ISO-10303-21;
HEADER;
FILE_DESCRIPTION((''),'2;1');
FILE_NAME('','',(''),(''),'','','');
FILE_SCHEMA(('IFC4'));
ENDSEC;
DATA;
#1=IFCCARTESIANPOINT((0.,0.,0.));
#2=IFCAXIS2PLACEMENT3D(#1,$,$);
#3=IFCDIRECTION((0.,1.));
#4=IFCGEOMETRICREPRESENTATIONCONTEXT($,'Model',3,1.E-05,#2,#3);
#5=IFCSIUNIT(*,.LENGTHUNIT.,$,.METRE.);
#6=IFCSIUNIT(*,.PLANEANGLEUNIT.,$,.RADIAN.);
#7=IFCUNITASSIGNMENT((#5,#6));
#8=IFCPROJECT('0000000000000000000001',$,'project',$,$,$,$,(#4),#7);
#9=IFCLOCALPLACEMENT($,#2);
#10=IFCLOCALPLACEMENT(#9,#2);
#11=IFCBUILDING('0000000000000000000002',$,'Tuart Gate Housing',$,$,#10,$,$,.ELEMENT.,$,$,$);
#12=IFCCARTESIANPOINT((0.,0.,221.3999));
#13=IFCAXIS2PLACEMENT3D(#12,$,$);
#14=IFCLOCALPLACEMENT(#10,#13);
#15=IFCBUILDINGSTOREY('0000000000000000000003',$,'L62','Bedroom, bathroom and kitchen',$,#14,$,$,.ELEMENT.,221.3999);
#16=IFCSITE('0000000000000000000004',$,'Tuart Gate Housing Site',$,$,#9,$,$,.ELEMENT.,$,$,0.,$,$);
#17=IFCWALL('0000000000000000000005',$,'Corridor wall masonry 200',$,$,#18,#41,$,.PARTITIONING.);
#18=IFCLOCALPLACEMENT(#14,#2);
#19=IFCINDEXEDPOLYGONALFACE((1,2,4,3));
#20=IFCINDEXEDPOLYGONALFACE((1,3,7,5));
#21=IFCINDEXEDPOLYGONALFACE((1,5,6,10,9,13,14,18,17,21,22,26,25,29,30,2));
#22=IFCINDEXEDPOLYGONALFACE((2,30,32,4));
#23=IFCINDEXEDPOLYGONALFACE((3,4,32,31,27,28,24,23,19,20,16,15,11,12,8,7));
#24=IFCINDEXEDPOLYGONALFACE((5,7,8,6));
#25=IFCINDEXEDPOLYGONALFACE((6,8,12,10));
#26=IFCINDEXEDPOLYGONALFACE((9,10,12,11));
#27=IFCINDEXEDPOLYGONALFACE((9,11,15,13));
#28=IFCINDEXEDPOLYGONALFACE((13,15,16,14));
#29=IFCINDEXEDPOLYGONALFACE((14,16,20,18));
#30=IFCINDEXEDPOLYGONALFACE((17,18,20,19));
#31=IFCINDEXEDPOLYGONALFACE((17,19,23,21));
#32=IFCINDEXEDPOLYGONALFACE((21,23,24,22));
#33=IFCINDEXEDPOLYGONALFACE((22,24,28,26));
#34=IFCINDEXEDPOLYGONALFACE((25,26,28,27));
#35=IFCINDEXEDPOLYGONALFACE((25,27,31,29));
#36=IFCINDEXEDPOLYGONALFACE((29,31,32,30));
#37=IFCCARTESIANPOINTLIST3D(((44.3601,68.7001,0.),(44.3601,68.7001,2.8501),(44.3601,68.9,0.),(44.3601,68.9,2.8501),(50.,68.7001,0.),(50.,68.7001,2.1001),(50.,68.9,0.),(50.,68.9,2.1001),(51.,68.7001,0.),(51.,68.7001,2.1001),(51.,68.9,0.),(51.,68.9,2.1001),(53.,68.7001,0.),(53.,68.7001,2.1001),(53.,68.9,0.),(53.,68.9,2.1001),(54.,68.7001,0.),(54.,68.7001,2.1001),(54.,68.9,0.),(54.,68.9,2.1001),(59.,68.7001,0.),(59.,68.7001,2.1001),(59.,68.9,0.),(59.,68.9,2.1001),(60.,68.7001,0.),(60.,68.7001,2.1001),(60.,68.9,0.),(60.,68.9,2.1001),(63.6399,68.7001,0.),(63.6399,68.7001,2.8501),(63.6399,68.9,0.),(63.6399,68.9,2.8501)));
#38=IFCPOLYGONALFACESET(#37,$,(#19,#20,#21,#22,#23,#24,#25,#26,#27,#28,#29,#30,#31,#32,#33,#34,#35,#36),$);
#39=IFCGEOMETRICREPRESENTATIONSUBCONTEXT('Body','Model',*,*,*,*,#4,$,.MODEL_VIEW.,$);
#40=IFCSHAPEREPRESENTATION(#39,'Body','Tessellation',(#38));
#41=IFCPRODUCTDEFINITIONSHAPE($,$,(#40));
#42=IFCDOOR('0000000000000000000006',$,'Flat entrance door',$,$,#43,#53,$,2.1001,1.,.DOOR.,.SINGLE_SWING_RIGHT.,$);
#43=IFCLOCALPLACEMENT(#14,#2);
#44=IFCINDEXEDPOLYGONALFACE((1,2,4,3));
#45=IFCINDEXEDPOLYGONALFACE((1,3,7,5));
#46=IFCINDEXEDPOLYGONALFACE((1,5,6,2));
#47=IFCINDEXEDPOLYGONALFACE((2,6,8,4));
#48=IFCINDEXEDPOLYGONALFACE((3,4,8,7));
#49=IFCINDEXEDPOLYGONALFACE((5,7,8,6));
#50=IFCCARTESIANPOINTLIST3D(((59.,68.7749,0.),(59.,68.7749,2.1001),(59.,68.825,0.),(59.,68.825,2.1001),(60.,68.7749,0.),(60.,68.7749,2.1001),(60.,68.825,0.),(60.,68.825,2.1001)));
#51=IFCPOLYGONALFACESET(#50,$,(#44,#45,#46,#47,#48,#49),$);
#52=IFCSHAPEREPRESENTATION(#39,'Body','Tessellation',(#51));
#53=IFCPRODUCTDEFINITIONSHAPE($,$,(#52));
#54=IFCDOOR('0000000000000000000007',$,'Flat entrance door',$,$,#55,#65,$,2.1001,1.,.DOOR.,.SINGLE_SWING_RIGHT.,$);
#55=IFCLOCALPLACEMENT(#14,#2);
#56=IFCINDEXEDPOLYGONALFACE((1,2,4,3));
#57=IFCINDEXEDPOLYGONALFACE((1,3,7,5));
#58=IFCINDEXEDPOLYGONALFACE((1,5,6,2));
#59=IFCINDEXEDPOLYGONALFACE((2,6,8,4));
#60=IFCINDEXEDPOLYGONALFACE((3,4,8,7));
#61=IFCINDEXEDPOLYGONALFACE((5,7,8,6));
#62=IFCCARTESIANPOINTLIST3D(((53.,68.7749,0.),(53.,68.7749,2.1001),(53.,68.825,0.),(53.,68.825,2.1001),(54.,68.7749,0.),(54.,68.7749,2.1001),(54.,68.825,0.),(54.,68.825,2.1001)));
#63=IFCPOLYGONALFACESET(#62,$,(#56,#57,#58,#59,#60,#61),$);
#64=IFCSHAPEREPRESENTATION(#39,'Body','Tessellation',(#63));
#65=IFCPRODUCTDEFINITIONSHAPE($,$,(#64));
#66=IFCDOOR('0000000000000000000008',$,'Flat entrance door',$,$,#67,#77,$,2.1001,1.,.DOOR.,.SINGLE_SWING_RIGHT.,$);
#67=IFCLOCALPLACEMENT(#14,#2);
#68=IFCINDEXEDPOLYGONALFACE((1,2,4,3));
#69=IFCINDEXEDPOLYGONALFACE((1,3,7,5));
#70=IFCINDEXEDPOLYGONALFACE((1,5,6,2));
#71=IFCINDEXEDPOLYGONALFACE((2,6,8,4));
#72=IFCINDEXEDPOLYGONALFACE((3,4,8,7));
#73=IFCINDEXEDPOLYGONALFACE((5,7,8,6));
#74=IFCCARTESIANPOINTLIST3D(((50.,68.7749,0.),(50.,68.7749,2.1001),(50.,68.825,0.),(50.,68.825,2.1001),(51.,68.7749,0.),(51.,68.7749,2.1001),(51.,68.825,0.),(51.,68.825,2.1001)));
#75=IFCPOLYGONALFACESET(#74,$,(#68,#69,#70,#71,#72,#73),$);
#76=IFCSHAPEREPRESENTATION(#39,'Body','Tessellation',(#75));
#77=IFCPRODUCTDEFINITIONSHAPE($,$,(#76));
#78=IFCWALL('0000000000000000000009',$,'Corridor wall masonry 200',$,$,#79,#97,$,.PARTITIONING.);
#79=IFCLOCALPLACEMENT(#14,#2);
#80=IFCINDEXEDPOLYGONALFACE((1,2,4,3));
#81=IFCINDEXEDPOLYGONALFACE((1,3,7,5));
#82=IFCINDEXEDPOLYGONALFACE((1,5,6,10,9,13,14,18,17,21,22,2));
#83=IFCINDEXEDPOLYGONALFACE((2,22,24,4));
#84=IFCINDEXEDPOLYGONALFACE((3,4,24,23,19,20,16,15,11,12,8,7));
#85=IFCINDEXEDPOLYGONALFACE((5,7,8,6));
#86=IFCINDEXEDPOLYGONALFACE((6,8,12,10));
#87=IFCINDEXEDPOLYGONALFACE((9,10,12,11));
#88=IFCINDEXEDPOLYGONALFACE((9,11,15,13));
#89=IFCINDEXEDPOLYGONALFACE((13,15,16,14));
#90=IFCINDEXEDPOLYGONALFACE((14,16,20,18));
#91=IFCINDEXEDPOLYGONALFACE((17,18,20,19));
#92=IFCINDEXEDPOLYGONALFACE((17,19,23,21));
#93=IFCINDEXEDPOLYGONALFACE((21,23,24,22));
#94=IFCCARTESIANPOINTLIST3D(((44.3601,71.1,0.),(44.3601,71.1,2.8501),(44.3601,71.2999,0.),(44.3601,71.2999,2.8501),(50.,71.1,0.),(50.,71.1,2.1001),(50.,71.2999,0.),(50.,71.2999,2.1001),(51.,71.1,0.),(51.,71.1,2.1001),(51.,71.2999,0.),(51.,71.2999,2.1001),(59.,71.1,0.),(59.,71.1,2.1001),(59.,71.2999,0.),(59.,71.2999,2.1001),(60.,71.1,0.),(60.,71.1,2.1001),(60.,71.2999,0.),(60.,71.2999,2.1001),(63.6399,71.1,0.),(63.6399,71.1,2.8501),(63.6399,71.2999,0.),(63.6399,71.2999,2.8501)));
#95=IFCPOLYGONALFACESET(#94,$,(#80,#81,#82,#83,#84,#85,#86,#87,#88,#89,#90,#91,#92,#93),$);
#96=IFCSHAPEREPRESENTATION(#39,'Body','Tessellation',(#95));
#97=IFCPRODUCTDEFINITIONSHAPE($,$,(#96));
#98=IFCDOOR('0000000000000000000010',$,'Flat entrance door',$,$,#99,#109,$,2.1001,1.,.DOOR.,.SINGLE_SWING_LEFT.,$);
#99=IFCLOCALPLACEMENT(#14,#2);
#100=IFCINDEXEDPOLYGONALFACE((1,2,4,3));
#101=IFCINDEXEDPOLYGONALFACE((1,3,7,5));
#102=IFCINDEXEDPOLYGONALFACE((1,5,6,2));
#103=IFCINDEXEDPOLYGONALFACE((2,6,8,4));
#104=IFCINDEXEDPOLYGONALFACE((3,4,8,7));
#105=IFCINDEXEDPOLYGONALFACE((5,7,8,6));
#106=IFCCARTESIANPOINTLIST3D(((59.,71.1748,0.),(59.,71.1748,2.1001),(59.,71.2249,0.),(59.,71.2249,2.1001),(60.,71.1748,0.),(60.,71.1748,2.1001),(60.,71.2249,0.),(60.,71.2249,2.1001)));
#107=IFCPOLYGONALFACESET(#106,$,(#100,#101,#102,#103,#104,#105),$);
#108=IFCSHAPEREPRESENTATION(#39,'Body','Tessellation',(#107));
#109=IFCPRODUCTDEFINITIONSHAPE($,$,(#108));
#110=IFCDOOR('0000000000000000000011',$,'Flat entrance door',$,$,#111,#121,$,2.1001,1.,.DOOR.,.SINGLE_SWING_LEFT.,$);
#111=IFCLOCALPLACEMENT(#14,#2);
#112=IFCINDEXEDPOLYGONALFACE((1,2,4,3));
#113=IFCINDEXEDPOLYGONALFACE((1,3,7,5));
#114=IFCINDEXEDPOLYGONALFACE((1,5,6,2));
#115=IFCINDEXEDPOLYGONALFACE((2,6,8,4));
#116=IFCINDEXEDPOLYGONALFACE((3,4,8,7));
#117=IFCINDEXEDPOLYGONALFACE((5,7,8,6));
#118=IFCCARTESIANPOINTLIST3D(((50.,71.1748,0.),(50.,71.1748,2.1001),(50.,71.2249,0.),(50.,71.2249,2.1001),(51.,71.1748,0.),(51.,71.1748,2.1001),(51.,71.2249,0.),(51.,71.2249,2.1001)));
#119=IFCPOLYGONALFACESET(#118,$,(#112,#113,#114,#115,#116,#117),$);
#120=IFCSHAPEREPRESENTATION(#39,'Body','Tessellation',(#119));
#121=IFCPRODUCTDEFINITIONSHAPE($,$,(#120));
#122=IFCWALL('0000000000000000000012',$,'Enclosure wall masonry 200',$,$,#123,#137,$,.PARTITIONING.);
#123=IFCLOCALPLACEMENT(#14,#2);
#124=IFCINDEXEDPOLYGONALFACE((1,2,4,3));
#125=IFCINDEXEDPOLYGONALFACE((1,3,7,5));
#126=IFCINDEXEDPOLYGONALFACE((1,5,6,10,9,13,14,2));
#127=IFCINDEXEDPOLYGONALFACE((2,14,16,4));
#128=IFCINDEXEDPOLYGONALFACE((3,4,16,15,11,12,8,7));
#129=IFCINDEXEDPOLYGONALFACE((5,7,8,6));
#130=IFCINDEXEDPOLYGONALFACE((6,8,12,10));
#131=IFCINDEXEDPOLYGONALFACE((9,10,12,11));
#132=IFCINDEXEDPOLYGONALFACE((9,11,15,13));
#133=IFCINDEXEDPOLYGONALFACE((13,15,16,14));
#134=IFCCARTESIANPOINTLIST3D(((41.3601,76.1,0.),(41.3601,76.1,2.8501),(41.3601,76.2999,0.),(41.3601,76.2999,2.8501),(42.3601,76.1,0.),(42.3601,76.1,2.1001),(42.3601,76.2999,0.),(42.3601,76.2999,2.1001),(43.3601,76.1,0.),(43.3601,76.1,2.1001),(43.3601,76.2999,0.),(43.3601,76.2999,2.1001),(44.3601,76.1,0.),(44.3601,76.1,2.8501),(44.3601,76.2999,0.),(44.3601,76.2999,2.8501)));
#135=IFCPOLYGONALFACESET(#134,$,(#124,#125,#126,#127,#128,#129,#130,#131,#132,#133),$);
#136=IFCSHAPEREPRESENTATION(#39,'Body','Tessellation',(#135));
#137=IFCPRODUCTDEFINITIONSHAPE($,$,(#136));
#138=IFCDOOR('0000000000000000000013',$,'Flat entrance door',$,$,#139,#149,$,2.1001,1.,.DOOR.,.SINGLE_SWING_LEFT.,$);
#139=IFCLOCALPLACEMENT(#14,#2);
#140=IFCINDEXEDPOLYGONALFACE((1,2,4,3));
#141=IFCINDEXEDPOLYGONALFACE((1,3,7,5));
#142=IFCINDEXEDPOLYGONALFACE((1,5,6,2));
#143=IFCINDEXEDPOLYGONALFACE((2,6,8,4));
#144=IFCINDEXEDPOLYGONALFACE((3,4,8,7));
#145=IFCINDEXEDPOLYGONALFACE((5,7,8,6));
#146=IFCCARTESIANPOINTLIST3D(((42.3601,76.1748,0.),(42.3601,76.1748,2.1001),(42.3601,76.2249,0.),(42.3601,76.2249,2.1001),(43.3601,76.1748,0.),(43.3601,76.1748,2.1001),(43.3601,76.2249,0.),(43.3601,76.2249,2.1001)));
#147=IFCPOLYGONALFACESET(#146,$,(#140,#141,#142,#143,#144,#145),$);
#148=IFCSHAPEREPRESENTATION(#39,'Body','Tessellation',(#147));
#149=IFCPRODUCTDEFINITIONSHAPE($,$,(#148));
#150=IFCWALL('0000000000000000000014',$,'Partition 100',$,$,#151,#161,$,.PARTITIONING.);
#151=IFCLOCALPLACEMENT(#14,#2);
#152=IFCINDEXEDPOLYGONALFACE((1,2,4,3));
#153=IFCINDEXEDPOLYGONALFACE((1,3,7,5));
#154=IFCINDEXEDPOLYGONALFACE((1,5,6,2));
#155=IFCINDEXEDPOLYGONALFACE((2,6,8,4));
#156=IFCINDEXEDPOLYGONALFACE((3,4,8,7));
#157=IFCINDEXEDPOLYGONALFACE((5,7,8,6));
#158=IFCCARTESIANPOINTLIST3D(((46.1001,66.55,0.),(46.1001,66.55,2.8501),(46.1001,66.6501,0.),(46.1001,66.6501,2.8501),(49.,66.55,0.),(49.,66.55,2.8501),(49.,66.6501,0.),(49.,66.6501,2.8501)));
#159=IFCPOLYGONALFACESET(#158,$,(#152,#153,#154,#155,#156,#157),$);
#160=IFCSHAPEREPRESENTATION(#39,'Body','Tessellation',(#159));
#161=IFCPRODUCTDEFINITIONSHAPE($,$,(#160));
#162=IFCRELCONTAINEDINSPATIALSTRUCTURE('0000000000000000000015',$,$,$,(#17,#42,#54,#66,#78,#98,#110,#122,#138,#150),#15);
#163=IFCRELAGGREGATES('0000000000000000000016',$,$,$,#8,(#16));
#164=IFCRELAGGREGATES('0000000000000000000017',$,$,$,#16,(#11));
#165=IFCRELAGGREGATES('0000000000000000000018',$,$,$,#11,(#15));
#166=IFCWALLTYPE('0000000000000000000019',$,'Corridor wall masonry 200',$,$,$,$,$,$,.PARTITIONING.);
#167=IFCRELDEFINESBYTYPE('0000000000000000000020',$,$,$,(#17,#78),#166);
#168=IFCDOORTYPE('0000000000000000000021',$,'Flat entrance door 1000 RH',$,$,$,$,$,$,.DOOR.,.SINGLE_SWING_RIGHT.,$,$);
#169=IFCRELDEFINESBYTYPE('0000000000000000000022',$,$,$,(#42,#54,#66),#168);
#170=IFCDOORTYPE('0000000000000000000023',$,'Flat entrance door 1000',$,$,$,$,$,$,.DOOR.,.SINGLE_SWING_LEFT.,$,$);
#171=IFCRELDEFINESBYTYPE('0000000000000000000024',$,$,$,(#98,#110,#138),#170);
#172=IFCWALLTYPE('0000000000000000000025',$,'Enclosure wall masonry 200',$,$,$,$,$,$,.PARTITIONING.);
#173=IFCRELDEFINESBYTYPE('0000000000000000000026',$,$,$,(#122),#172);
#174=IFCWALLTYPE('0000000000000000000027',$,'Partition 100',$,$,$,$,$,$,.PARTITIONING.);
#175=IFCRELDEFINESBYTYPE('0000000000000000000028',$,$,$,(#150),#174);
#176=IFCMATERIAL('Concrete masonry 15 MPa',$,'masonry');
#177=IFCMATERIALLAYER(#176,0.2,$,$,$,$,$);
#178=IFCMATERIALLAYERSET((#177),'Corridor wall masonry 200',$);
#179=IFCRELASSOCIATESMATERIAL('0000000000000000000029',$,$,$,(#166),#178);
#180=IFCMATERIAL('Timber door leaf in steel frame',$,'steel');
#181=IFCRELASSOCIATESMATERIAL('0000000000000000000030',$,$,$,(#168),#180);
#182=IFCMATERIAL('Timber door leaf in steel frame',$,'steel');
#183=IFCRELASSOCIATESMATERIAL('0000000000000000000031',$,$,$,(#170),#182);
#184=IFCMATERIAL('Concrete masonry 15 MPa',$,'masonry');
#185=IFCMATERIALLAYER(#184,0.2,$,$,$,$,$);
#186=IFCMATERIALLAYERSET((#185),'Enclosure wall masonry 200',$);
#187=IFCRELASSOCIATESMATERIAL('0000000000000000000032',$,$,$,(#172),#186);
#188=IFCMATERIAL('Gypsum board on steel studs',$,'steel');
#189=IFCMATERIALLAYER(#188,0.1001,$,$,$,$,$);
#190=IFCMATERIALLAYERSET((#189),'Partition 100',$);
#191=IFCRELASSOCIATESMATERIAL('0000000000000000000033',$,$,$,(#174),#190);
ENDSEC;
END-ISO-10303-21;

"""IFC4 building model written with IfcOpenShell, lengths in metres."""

from ifc_helpers import new_model, si_unit, direction, frame, frame_2d, origin, place, context, subcontext, project, spatial, rectangle, extrude, material, layer, layer_set, type_object, element, fill, save


model = new_model("IFC4")

# Units and contexts
model_context = context("Model", 3, precision=1e-05, world=origin(), true_north=direction((0.0, 1.0)))
body_context = subcontext(model_context, "Body", "Model", "MODEL_VIEW")
ifc_project = project(units=[si_unit("LENGTHUNIT", "METRE"), si_unit("PLANEANGLEUNIT", "RADIAN")], contexts=[model_context])

# Site, building, storey
site_placement = place(None, origin())
site = spatial("IfcSite", under=ifc_project, at=site_placement, Name="Tuart Gate Housing Site", CompositionType="ELEMENT", RefElevation=0.0)
building_placement = place(site_placement, origin())
building = spatial("IfcBuilding", under=site, at=building_placement, Name="Tuart Gate Housing", CompositionType="ELEMENT")
storey_placement = place(building_placement, frame((0.0, 0.0, 221.3999)))
storey = spatial("IfcBuildingStorey", under=building, at=storey_placement, Name="L62", Description="Bedroom, bathroom and kitchen", CompositionType="ELEMENT", Elevation=221.3999)

# Walls, openings, doors
ifc_material_1 = material(Name="Concrete masonry 15 MPa", Category="masonry")
ifc_layer_1 = layer(ifc_material_1, 0.2)
ifc_layer_set_1 = layer_set([ifc_layer_1], Name="Corridor wall masonry 200")
wall_type_1 = type_object("IfcWallType", Name="Corridor wall masonry 200", PredefinedType="PARTITIONING", material=ifc_layer_set_1)
wall_1_placement = place(storey_placement, frame((44.3601, 68.8, 0.0), z_axis=(0.0, 0.0, 1.0), x_axis=(1.0, 0.0, 0.0)))
wall_1 = element("IfcWall", 1, at=wall_1_placement, inside=storey, type_object=wall_type_1, Name="Corridor wall masonry 200", PredefinedType="PARTITIONING", context=body_context, shape_type="SweptSolid", body=[
    extrude(rectangle(XDim=19.2798, YDim=0.2, at=frame_2d((9.6399, 0.0))), origin(), (0.0, 0.0, 1.0), 2.8501),
])
opening_1_placement = place(wall_1_placement, frame((14.6399, 0.0, 0.0)))
opening_1 = element("IfcOpeningElement", 2, at=opening_1_placement, cuts=wall_1, PredefinedType="OPENING", context=body_context, shape_type="SweptSolid", body=[
    extrude(rectangle(XDim=1.0, YDim=2.1001, at=frame_2d((0.5, 1.05))), frame((0.0, 0.1099, 0.0), z_axis=(0.0, -1.0, 0.0), x_axis=(1.0, 0.0, 0.0)), (0.0, 0.0, 1.0), 0.22),
])
opening_2_placement = place(wall_1_placement, frame((8.6399, 0.0, 0.0)))
opening_2 = element("IfcOpeningElement", 3, at=opening_2_placement, cuts=wall_1, PredefinedType="OPENING", context=body_context, shape_type="SweptSolid", body=[
    extrude(rectangle(XDim=1.0, YDim=2.1001, at=frame_2d((0.5, 1.05))), frame((0.0, 0.1099, 0.0), z_axis=(0.0, -1.0, 0.0), x_axis=(1.0, 0.0, 0.0)), (0.0, 0.0, 1.0), 0.22),
])
opening_3_placement = place(wall_1_placement, frame((5.6399, 0.0, 0.0)))
opening_3 = element("IfcOpeningElement", 4, at=opening_3_placement, cuts=wall_1, PredefinedType="OPENING", context=body_context, shape_type="SweptSolid", body=[
    extrude(rectangle(XDim=1.0, YDim=2.1001, at=frame_2d((0.5, 1.05))), frame((0.0, 0.1099, 0.0), z_axis=(0.0, -1.0, 0.0), x_axis=(1.0, 0.0, 0.0)), (0.0, 0.0, 1.0), 0.22),
])
ifc_material_2 = material(Name="Timber door leaf in steel frame", Category="steel")
door_type_1 = type_object("IfcDoorType", Name="Flat entrance door 1000 RH", OperationType="SINGLE_SWING_RIGHT", PredefinedType="DOOR", material=ifc_material_2)
door_1_placement = place(opening_1_placement, frame((1.0, 0.0, 0.0), z_axis=(0.0, 0.0, 1.0), x_axis=(-1.0, 0.0, 0.0)))
door_1 = element("IfcDoor", 5, at=door_1_placement, inside=storey, type_object=door_type_1, Name="Flat entrance door", OperationType="SINGLE_SWING_RIGHT", OverallHeight=2.1001, OverallWidth=1.0, PredefinedType="DOOR", context=body_context, shape_type="SweptSolid", body=[
    extrude(rectangle(XDim=1.0, YDim=2.1001, at=frame_2d((0.5, 1.05))), frame((0.0, 0.0251, 0.0), z_axis=(0.0, -1.0, 0.0), x_axis=(1.0, 0.0, 0.0)), (0.0, 0.0, 1.0), 0.05),
])
fill(opening_1, door_1)
door_2_placement = place(opening_2_placement, frame((1.0, 0.0, 0.0), z_axis=(0.0, 0.0, 1.0), x_axis=(-1.0, 0.0, 0.0)))
door_2 = element("IfcDoor", 6, at=door_2_placement, inside=storey, type_object=door_type_1, Name="Flat entrance door", OperationType="SINGLE_SWING_RIGHT", OverallHeight=2.1001, OverallWidth=1.0, PredefinedType="DOOR", context=body_context, shape_type="SweptSolid", body=[
    extrude(rectangle(XDim=1.0, YDim=2.1001, at=frame_2d((0.5, 1.05))), frame((0.0, 0.0251, 0.0), z_axis=(0.0, -1.0, 0.0), x_axis=(1.0, 0.0, 0.0)), (0.0, 0.0, 1.0), 0.05),
])
fill(opening_2, door_2)
door_3_placement = place(opening_3_placement, frame((1.0, 0.0, 0.0), z_axis=(0.0, 0.0, 1.0), x_axis=(-1.0, 0.0, 0.0)))
door_3 = element("IfcDoor", 7, at=door_3_placement, inside=storey, type_object=door_type_1, Name="Flat entrance door", OperationType="SINGLE_SWING_RIGHT", OverallHeight=2.1001, OverallWidth=1.0, PredefinedType="DOOR", context=body_context, shape_type="SweptSolid", body=[
    extrude(rectangle(XDim=1.0, YDim=2.1001, at=frame_2d((0.5, 1.05))), frame((0.0, 0.0251, 0.0), z_axis=(0.0, -1.0, 0.0), x_axis=(1.0, 0.0, 0.0)), (0.0, 0.0, 1.0), 0.05),
])
fill(opening_3, door_3)
wall_2_placement = place(storey_placement, frame((44.3601, 71.2, 0.0), z_axis=(0.0, 0.0, 1.0), x_axis=(1.0, 0.0, 0.0)))
wall_2 = element("IfcWall", 8, at=wall_2_placement, inside=storey, type_object=wall_type_1, Name="Corridor wall masonry 200", PredefinedType="PARTITIONING", context=body_context, shape_type="SweptSolid", body=[
    extrude(rectangle(XDim=19.2798, YDim=0.2, at=frame_2d((9.6399, 0.0))), origin(), (0.0, 0.0, 1.0), 2.8501),
])
opening_4_placement = place(wall_2_placement, frame((14.6399, 0.0, 0.0)))
opening_4 = element("IfcOpeningElement", 9, at=opening_4_placement, cuts=wall_2, PredefinedType="OPENING", context=body_context, shape_type="SweptSolid", body=[
    extrude(rectangle(XDim=1.0, YDim=2.1001, at=frame_2d((0.5, 1.05))), frame((0.0, 0.1099, 0.0), z_axis=(0.0, -1.0, 0.0), x_axis=(1.0, 0.0, 0.0)), (0.0, 0.0, 1.0), 0.22),
])
opening_5_placement = place(wall_2_placement, frame((5.6399, 0.0, 0.0)))
opening_5 = element("IfcOpeningElement", 10, at=opening_5_placement, cuts=wall_2, PredefinedType="OPENING", context=body_context, shape_type="SweptSolid", body=[
    extrude(rectangle(XDim=1.0, YDim=2.1001, at=frame_2d((0.5, 1.05))), frame((0.0, 0.1099, 0.0), z_axis=(0.0, -1.0, 0.0), x_axis=(1.0, 0.0, 0.0)), (0.0, 0.0, 1.0), 0.22),
])
ifc_material_3 = material(Name="Timber door leaf in steel frame", Category="steel")
door_type_2 = type_object("IfcDoorType", Name="Flat entrance door 1000", OperationType="SINGLE_SWING_LEFT", PredefinedType="DOOR", material=ifc_material_3)
door_4_placement = place(opening_4_placement, origin())
door_4 = element("IfcDoor", 11, at=door_4_placement, inside=storey, type_object=door_type_2, Name="Flat entrance door", OperationType="SINGLE_SWING_LEFT", OverallHeight=2.1001, OverallWidth=1.0, PredefinedType="DOOR", context=body_context, shape_type="SweptSolid", body=[
    extrude(rectangle(XDim=1.0, YDim=2.1001, at=frame_2d((0.5, 1.05))), frame((0.0, 0.0249, 0.0), z_axis=(0.0, -1.0, 0.0), x_axis=(1.0, 0.0, 0.0)), (0.0, 0.0, 1.0), 0.05),
])
fill(opening_4, door_4)
door_5_placement = place(opening_5_placement, origin())
door_5 = element("IfcDoor", 12, at=door_5_placement, inside=storey, type_object=door_type_2, Name="Flat entrance door", OperationType="SINGLE_SWING_LEFT", OverallHeight=2.1001, OverallWidth=1.0, PredefinedType="DOOR", context=body_context, shape_type="SweptSolid", body=[
    extrude(rectangle(XDim=1.0, YDim=2.1001, at=frame_2d((0.5, 1.05))), frame((0.0, 0.0249, 0.0), z_axis=(0.0, -1.0, 0.0), x_axis=(1.0, 0.0, 0.0)), (0.0, 0.0, 1.0), 0.05),
])
fill(opening_5, door_5)

# Wall, opening, door
ifc_material_4 = material(Name="Concrete masonry 15 MPa", Category="masonry")
ifc_layer_2 = layer(ifc_material_4, 0.2)
ifc_layer_set_2 = layer_set([ifc_layer_2], Name="Enclosure wall masonry 200")
wall_type_2 = type_object("IfcWallType", Name="Enclosure wall masonry 200", PredefinedType="PARTITIONING", material=ifc_layer_set_2)
wall_3_placement = place(storey_placement, frame((41.3601, 76.2, 0.0), z_axis=(0.0, 0.0, 1.0), x_axis=(1.0, 0.0, 0.0)))
wall_3 = element("IfcWall", 13, at=wall_3_placement, inside=storey, type_object=wall_type_2, Name="Enclosure wall masonry 200", PredefinedType="PARTITIONING", context=body_context, shape_type="SweptSolid", body=[
    extrude(rectangle(XDim=3.0, YDim=0.2, at=frame_2d((1.5, 0.0))), origin(), (0.0, 0.0, 1.0), 2.8501),
])
opening_6_placement = place(wall_3_placement, frame((1.0, 0.0, 0.0)))
opening_6 = element("IfcOpeningElement", 14, at=opening_6_placement, cuts=wall_3, PredefinedType="OPENING", context=body_context, shape_type="SweptSolid", body=[
    extrude(rectangle(XDim=1.0, YDim=2.1001, at=frame_2d((0.5, 1.05))), frame((0.0, 0.1099, 0.0), z_axis=(0.0, -1.0, 0.0), x_axis=(1.0, 0.0, 0.0)), (0.0, 0.0, 1.0), 0.22),
])
door_6_placement = place(opening_6_placement, origin())
door_6 = element("IfcDoor", 15, at=door_6_placement, inside=storey, type_object=door_type_2, Name="Flat entrance door", OperationType="SINGLE_SWING_LEFT", OverallHeight=2.1001, OverallWidth=1.0, PredefinedType="DOOR", context=body_context, shape_type="SweptSolid", body=[
    extrude(rectangle(XDim=1.0, YDim=2.1001, at=frame_2d((0.5, 1.05))), frame((0.0, 0.0249, 0.0), z_axis=(0.0, -1.0, 0.0), x_axis=(1.0, 0.0, 0.0)), (0.0, 0.0, 1.0), 0.05),
])
fill(opening_6, door_6)

# Wall
ifc_material_5 = material(Name="Gypsum board on steel studs", Category="steel")
ifc_layer_3 = layer(ifc_material_5, 0.1001)
ifc_layer_set_3 = layer_set([ifc_layer_3], Name="Partition 100")
wall_type_3 = type_object("IfcWallType", Name="Partition 100", PredefinedType="PARTITIONING", material=ifc_layer_set_3)
for number, where, z_axis, x_axis, name in (
    (16, (46.1001, 66.6001, 0.0), (0.0, 0.0, 1.0), (1.0, 0.0, 0.0), "Partition 100"),
):
    element("IfcWall", number, at=place(storey_placement, frame(where, z_axis=z_axis, x_axis=x_axis)), inside=storey, type_object=wall_type_3, Name=name, PredefinedType="PARTITIONING", context=body_context, shape_type="SweptSolid", body=[
        extrude(rectangle(XDim=2.8999, YDim=0.1001, at=frame_2d((1.45, 0.0))), origin(), (0.0, 0.0, 1.0), 2.8501),
    ])

save(model, "model.ifc")
